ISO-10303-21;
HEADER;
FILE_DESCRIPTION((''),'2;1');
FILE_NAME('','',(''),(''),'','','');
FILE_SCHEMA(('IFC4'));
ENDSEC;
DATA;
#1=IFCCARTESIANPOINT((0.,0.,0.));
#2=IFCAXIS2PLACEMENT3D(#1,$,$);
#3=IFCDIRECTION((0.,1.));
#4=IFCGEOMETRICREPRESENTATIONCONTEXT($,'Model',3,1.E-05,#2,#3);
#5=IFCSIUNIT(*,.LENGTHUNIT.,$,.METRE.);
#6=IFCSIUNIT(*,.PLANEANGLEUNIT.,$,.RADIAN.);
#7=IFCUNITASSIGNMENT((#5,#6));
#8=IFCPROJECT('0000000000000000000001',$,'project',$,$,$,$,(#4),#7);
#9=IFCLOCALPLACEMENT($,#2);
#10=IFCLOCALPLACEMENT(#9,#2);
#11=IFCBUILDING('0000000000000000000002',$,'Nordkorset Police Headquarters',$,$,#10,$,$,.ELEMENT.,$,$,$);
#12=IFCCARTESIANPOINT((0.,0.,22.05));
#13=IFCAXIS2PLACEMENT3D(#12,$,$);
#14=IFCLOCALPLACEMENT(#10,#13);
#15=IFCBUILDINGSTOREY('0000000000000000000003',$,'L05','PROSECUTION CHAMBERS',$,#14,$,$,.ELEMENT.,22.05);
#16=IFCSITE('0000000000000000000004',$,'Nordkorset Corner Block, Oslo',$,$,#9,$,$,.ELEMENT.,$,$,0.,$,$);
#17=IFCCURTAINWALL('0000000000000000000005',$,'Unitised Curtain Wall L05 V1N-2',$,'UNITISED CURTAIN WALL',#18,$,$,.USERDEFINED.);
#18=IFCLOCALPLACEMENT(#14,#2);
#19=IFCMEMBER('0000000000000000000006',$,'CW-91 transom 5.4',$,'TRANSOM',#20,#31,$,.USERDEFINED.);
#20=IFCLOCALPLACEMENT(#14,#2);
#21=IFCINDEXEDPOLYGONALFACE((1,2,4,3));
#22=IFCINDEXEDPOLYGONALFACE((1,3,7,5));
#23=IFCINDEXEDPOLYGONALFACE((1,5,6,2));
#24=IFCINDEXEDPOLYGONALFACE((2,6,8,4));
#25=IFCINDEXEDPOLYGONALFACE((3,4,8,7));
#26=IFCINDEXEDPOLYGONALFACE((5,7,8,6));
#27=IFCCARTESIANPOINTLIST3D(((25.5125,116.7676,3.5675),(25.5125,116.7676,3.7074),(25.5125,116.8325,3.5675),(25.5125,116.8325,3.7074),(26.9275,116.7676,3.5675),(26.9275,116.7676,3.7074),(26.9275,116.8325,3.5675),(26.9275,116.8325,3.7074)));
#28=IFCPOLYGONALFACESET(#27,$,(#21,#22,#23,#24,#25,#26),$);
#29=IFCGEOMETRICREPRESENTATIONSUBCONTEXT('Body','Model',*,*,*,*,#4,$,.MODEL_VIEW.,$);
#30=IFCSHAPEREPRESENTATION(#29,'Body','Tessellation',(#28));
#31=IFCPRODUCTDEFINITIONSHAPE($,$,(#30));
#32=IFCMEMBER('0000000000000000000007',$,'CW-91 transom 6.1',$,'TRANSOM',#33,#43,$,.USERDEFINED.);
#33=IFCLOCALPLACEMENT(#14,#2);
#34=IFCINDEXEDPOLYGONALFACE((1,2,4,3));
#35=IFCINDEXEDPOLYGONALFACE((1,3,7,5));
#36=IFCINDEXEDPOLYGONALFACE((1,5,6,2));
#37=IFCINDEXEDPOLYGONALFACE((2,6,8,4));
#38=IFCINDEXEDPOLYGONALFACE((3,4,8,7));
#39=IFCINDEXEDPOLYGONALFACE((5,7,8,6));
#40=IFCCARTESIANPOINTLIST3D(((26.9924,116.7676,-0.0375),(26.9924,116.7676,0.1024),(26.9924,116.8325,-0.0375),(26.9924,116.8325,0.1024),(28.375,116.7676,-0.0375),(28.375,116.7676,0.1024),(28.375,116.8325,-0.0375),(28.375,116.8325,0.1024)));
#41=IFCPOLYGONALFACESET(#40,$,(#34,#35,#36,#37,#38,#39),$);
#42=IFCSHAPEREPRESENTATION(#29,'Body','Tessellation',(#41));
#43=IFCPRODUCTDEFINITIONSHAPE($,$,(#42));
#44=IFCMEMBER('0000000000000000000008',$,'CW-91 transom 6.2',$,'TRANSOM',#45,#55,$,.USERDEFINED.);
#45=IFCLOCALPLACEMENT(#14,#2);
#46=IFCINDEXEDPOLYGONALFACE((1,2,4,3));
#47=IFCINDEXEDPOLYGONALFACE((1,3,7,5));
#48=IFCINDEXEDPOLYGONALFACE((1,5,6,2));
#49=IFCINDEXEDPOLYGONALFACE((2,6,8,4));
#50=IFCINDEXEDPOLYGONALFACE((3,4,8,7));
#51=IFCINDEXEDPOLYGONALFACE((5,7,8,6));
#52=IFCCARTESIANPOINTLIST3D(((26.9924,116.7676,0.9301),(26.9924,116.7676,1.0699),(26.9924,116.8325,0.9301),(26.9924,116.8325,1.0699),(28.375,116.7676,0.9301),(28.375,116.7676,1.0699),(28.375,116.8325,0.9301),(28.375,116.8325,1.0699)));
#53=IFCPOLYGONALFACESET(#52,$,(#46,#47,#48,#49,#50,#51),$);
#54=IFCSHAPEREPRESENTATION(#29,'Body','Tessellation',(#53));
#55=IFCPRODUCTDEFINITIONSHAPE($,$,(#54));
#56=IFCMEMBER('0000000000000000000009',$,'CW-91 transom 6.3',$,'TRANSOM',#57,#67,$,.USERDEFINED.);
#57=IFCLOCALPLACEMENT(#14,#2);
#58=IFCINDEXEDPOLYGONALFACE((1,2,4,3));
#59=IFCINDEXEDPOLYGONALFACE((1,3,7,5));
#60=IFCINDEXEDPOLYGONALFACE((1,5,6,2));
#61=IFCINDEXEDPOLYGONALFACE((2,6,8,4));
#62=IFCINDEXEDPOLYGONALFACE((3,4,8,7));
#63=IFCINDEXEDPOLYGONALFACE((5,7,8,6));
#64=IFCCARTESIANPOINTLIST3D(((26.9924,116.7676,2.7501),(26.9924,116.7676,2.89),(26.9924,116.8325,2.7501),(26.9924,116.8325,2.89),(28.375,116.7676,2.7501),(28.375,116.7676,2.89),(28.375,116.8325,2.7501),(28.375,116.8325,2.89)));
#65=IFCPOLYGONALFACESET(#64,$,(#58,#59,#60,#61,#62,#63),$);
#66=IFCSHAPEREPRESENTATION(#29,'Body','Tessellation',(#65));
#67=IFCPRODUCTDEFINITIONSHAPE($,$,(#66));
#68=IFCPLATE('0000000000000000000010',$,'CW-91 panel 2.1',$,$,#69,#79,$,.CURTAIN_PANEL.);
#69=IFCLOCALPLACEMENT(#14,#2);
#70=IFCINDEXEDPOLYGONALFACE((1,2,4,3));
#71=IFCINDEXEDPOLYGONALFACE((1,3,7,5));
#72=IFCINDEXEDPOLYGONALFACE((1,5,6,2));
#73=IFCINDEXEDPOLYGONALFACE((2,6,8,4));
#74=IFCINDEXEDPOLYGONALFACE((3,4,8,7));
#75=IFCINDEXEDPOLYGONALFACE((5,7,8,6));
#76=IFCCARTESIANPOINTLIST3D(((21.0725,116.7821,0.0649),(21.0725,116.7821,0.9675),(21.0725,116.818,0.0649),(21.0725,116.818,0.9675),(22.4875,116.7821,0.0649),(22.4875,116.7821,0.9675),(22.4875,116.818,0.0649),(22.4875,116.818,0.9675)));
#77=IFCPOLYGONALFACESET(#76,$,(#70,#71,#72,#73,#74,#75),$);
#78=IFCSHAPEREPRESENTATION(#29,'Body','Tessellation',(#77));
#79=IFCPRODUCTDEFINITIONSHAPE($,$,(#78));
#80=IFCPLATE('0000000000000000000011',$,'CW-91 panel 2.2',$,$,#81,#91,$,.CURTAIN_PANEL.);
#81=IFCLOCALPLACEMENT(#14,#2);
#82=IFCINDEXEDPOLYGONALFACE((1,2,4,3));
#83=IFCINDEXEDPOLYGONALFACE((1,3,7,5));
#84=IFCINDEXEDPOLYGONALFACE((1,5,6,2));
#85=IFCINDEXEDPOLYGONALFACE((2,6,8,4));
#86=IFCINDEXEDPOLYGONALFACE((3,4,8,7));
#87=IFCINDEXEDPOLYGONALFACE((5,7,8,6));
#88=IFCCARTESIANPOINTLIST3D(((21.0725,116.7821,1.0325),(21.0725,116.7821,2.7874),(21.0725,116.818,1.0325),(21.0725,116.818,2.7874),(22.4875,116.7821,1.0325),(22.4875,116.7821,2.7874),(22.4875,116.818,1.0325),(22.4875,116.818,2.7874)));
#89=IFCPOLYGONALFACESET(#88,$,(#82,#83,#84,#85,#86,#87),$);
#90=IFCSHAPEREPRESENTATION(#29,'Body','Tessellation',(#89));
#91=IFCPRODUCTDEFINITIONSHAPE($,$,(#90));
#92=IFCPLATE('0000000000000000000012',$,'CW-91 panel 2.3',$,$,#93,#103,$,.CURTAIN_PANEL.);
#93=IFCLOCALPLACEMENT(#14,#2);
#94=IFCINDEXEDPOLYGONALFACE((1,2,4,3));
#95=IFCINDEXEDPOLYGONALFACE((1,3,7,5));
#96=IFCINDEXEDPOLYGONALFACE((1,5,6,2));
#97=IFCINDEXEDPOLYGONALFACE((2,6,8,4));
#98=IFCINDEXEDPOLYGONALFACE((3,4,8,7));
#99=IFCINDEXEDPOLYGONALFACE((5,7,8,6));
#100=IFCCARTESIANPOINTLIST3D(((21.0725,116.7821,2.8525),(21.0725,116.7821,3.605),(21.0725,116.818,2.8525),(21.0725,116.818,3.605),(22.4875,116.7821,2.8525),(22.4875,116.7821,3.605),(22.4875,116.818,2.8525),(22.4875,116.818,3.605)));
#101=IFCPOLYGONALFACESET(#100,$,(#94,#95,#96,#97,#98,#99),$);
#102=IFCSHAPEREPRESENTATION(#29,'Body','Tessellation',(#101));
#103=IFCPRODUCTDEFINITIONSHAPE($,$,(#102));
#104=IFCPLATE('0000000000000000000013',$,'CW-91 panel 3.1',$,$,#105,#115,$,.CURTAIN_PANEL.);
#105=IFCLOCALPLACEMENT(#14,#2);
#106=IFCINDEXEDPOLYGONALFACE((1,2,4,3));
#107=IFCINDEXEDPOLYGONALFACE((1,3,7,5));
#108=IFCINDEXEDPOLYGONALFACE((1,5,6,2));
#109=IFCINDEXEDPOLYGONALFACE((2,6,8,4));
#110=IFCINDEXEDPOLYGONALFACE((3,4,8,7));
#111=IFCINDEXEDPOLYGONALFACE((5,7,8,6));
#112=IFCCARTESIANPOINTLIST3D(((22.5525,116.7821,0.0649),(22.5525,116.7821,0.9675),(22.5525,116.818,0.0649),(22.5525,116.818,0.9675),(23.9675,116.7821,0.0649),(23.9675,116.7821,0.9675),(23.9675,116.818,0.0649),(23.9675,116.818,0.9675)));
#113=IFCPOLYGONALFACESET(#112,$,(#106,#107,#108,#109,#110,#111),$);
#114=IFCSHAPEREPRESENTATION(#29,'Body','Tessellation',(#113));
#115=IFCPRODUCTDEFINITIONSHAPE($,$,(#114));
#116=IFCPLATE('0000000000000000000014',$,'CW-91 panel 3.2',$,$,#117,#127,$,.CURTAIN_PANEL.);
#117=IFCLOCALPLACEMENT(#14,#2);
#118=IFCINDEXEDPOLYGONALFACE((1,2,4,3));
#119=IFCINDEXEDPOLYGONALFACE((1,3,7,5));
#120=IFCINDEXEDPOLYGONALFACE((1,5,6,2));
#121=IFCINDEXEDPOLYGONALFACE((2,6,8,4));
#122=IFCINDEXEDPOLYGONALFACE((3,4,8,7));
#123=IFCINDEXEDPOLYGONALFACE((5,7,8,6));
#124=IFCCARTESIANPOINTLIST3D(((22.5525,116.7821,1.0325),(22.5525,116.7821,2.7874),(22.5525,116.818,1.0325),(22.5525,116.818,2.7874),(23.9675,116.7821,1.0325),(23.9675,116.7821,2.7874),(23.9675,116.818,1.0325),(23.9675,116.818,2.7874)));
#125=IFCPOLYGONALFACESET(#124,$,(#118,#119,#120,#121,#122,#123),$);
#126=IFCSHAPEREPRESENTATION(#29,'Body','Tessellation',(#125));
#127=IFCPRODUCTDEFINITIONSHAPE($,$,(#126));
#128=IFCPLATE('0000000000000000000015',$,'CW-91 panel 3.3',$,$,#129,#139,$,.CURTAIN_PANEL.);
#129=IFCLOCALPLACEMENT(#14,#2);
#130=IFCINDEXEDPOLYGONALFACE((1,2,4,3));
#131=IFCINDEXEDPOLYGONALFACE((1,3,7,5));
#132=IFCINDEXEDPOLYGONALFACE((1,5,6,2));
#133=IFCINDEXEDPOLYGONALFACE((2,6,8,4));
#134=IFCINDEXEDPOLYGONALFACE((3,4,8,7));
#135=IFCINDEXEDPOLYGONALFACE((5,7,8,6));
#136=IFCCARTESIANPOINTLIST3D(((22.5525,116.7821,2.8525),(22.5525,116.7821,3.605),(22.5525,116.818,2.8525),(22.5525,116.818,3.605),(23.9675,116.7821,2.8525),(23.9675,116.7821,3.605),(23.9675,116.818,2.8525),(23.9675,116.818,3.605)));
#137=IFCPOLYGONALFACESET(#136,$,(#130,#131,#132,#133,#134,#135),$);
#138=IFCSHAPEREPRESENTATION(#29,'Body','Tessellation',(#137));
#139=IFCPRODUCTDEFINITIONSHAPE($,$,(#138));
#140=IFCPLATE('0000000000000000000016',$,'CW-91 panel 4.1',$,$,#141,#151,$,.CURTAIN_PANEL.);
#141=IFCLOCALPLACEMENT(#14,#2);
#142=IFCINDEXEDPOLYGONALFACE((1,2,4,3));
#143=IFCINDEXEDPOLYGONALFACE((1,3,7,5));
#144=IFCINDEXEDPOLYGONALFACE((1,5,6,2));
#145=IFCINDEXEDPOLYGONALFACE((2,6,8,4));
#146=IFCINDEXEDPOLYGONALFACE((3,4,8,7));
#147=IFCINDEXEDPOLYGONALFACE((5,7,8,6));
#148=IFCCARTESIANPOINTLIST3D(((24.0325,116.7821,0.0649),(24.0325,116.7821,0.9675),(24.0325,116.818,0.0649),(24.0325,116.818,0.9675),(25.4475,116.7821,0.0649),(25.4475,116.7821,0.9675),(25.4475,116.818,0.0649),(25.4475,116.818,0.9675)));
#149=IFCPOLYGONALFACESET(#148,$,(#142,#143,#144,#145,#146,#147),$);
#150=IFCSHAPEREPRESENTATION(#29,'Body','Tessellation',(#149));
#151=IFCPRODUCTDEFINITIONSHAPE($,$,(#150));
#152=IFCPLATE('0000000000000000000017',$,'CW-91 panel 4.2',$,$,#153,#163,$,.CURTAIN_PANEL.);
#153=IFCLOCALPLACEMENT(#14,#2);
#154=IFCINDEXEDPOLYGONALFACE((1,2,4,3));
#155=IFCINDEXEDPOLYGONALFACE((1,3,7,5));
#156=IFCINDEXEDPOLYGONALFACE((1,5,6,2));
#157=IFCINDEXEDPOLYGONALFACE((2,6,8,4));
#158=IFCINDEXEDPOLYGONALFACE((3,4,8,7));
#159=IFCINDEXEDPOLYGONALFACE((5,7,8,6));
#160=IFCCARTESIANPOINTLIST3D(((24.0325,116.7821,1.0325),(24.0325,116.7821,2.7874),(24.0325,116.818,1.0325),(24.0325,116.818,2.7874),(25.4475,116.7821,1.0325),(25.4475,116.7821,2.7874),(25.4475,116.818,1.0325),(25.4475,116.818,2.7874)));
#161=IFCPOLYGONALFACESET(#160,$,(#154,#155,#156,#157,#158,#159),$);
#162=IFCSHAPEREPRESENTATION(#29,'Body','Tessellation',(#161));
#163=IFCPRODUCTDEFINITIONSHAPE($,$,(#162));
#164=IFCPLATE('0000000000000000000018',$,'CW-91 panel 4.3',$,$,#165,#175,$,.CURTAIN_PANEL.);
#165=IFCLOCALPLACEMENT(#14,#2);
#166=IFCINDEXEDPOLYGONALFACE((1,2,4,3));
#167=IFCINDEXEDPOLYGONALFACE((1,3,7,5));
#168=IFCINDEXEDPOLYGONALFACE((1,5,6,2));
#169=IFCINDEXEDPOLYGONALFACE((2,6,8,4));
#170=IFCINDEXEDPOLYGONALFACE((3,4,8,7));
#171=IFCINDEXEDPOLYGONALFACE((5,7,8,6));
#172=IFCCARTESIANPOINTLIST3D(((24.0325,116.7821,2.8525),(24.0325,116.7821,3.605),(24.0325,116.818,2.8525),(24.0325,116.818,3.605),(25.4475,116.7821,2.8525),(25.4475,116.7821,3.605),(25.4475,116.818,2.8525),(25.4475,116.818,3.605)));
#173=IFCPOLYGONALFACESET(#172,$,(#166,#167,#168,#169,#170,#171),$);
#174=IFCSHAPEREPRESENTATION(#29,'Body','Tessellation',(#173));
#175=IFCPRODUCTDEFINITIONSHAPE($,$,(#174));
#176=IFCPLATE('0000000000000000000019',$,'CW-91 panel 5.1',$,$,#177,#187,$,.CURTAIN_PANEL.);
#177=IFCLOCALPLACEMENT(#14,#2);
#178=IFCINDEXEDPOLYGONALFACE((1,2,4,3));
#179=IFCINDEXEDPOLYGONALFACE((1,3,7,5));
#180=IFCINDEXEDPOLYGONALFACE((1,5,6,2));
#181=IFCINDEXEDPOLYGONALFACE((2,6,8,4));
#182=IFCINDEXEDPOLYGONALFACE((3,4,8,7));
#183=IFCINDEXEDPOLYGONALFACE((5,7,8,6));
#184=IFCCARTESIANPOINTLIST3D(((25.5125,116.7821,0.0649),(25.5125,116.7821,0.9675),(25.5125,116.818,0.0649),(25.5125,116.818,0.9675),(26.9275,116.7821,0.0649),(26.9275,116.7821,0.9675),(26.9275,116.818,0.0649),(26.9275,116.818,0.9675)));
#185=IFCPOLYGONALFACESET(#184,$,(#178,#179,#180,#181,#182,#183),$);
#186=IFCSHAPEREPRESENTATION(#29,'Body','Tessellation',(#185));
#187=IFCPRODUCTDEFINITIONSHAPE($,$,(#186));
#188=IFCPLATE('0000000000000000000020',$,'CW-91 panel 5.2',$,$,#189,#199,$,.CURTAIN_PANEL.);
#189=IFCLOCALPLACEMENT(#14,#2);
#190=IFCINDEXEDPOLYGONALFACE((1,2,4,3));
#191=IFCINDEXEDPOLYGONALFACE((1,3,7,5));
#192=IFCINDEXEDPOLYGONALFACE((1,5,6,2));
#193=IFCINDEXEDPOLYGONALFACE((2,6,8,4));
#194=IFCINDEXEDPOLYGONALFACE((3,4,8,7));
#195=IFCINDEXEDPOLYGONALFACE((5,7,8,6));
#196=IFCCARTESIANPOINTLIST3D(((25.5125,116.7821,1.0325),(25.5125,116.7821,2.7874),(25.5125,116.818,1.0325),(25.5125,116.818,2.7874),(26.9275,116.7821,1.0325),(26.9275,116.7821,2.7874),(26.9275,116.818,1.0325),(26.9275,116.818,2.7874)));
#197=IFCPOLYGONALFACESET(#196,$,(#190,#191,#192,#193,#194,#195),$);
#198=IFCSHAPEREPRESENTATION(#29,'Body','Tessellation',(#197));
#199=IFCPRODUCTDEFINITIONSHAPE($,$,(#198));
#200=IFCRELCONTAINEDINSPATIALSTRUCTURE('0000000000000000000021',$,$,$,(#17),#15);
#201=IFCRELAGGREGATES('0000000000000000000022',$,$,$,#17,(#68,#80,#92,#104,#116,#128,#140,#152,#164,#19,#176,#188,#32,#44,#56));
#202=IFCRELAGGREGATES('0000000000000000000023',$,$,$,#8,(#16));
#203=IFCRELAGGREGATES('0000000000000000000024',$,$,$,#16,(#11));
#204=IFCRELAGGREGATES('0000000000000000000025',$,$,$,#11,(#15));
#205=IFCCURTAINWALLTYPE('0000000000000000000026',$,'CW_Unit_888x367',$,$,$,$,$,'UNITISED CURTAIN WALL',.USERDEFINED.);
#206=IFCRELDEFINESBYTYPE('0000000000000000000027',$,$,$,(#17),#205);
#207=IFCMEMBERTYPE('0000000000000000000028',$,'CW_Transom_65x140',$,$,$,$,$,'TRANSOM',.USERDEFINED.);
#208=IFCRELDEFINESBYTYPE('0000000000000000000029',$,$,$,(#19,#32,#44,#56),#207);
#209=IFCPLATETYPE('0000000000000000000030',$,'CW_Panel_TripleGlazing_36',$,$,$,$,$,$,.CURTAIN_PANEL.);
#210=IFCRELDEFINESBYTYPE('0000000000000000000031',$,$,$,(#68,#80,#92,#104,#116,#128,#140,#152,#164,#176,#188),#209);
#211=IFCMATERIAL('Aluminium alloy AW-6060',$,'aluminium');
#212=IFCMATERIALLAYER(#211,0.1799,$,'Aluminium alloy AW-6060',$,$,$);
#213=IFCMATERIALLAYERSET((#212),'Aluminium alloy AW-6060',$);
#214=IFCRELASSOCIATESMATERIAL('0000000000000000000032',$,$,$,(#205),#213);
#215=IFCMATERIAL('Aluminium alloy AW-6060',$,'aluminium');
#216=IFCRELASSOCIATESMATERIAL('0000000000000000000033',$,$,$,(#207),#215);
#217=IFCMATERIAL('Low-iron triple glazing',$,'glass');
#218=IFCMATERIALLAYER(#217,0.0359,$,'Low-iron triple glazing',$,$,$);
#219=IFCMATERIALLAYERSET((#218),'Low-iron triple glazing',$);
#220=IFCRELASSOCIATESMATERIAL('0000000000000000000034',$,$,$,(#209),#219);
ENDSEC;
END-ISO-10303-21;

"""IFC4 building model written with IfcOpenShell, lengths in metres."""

from ifc_helpers import new_model, si_unit, direction, frame, origin, origin_2d, place, context, subcontext, project, spatial, rectangle, extrude, material, layer, layer_set, material_profile, profile_set, type_object, element, aggregate, save


model = new_model("IFC4")

# Units and contexts
model_context = context("Model", 3, precision=1e-05, world=origin(), true_north=direction((0.0, 1.0)))
body_context = subcontext(model_context, "Body", "Model", "MODEL_VIEW")
ifc_project = project(units=[si_unit("LENGTHUNIT", "METRE"), si_unit("PLANEANGLEUNIT", "RADIAN")], contexts=[model_context])

# Site, building, storey
site_placement = place(None, origin())
site = spatial("IfcSite", under=ifc_project, at=site_placement, Name="Nordkorset Corner Block, Oslo", CompositionType="ELEMENT", RefElevation=0.0)
building_placement = place(site_placement, origin())
building = spatial("IfcBuilding", under=site, at=building_placement, Name="Nordkorset Police Headquarters", CompositionType="ELEMENT")
storey_placement = place(building_placement, frame((0.0, 0.0, 22.05)))
storey = spatial("IfcBuildingStorey", under=building, at=storey_placement, Name="L05", Description="PROSECUTION CHAMBERS", CompositionType="ELEMENT", Elevation=22.05)

# Curtain wall, members, plates
ifc_material_1 = material(Name="Aluminium alloy AW-6060", Category="aluminium")
ifc_layer_1 = layer(ifc_material_1, 0.1799, Name="Aluminium alloy AW-6060")
ifc_layer_set_1 = layer_set([ifc_layer_1], Name="Aluminium alloy AW-6060")
curtain_wall_type = type_object("IfcCurtainWallType", Name="CW_Unit_888x367", ElementType="UNITISED CURTAIN WALL", PredefinedType="USERDEFINED", material=ifc_layer_set_1)
curtain_wall_placement = place(storey_placement, origin())
curtain_wall = element("IfcCurtainWall", 1, at=curtain_wall_placement, inside=storey, type_object=curtain_wall_type, Name="Unitised Curtain Wall L05 V1N-2", ObjectType="UNITISED CURTAIN WALL", PredefinedType="USERDEFINED")
ifc_material_2 = material(Name="Aluminium alloy AW-6060", Category="aluminium")
ifc_material_profile_1 = material_profile(ifc_material_2, rectangle(XDim=0.0649, YDim=0.1399, at=origin_2d()), Name="ALU TRAN 65x140")
ifc_profile_set_1 = profile_set([ifc_material_profile_1], Name="Aluminium alloy AW-6060")
member_type_1 = type_object("IfcMemberType", Name="CW_Transom_65x140", ElementType="TRANSOM", PredefinedType="USERDEFINED", material=ifc_profile_set_1)
member_1_placement = place(storey_placement, frame((25.5125, 116.8, 3.6375), z_axis=(1.0, 0.0, 0.0), x_axis=(0.0, 1.0, 0.0)))
member_1 = element("IfcMember", 2, at=member_1_placement, type_object=member_type_1, Name="CW-91 transom 5.4", ObjectType="TRANSOM", PredefinedType="USERDEFINED", context=body_context, shape_type="SweptSolid", body=[
    extrude(rectangle(XDim=0.0649, YDim=0.1399, at=origin_2d()), origin(), (0.0, 0.0, 1.0), 1.415),
])
member_2_placement = place(storey_placement, frame((26.9924, 116.8, 0.0325), z_axis=(1.0, 0.0, 0.0), x_axis=(0.0, 1.0, 0.0)))
member_2 = element("IfcMember", 3, at=member_2_placement, type_object=member_type_1, Name="CW-91 transom 6.1", ObjectType="TRANSOM", PredefinedType="USERDEFINED", context=body_context, shape_type="SweptSolid", body=[
    extrude(rectangle(XDim=0.0649, YDim=0.1399, at=origin_2d()), origin(), (0.0, 0.0, 1.0), 1.3826),
])
member_3_placement = place(storey_placement, frame((26.9924, 116.8, 1.0), z_axis=(1.0, 0.0, 0.0), x_axis=(0.0, 1.0, 0.0)))
member_3 = element("IfcMember", 4, at=member_3_placement, type_object=member_type_1, Name="CW-91 transom 6.2", ObjectType="TRANSOM", PredefinedType="USERDEFINED", context=body_context, shape_type="SweptSolid", body=[
    extrude(rectangle(XDim=0.0649, YDim=0.1399, at=origin_2d()), origin(), (0.0, 0.0, 1.0), 1.3826),
])
member_4_placement = place(storey_placement, frame((26.9924, 116.8, 2.8201), z_axis=(1.0, 0.0, 0.0), x_axis=(0.0, 1.0, 0.0)))
member_4 = element("IfcMember", 5, at=member_4_placement, type_object=member_type_1, Name="CW-91 transom 6.3", ObjectType="TRANSOM", PredefinedType="USERDEFINED", context=body_context, shape_type="SweptSolid", body=[
    extrude(rectangle(XDim=0.0649, YDim=0.1399, at=origin_2d()), origin(), (0.0, 0.0, 1.0), 1.3826),
])
ifc_material_3 = material(Name="Low-iron triple glazing", Category="glass")
ifc_layer_2 = layer(ifc_material_3, 0.0359, Name="Low-iron triple glazing")
ifc_layer_set_2 = layer_set([ifc_layer_2], Name="Low-iron triple glazing")
plate_type = type_object("IfcPlateType", Name="CW_Panel_TripleGlazing_36", PredefinedType="CURTAIN_PANEL", material=ifc_layer_set_2)
plate_1_placement = place(storey_placement, frame((21.78, 116.8, 0.0649), z_axis=(0.0, 0.0, 1.0), x_axis=(1.0, 0.0, 0.0)))
plate_1 = element("IfcPlate", 6, at=plate_1_placement, type_object=plate_type, Name="CW-91 panel 2.1", PredefinedType="CURTAIN_PANEL", context=body_context, shape_type="SweptSolid", body=[
    extrude(rectangle(XDim=1.415, YDim=0.0359, at=origin_2d()), origin(), (0.0, 0.0, 1.0), 0.9026),
])
plate_2_placement = place(storey_placement, frame((21.78, 116.8, 1.0325), z_axis=(0.0, 0.0, 1.0), x_axis=(1.0, 0.0, 0.0)))
plate_2 = element("IfcPlate", 7, at=plate_2_placement, type_object=plate_type, Name="CW-91 panel 2.2", PredefinedType="CURTAIN_PANEL", context=body_context, shape_type="SweptSolid", body=[
    extrude(rectangle(XDim=1.415, YDim=0.0359, at=origin_2d()), origin(), (0.0, 0.0, 1.0), 1.7549),
])
plate_3_placement = place(storey_placement, frame((21.78, 116.8, 2.8525), z_axis=(0.0, 0.0, 1.0), x_axis=(1.0, 0.0, 0.0)))
plate_3 = element("IfcPlate", 8, at=plate_3_placement, type_object=plate_type, Name="CW-91 panel 2.3", PredefinedType="CURTAIN_PANEL", context=body_context, shape_type="SweptSolid", body=[
    extrude(rectangle(XDim=1.415, YDim=0.0359, at=origin_2d()), origin(), (0.0, 0.0, 1.0), 0.7524),
])
plate_4_placement = place(storey_placement, frame((23.26, 116.8, 0.0649), z_axis=(0.0, 0.0, 1.0), x_axis=(1.0, 0.0, 0.0)))
plate_4 = element("IfcPlate", 9, at=plate_4_placement, type_object=plate_type, Name="CW-91 panel 3.1", PredefinedType="CURTAIN_PANEL", context=body_context, shape_type="SweptSolid", body=[
    extrude(rectangle(XDim=1.415, YDim=0.0359, at=origin_2d()), origin(), (0.0, 0.0, 1.0), 0.9026),
])
plate_5_placement = place(storey_placement, frame((23.26, 116.8, 1.0325), z_axis=(0.0, 0.0, 1.0), x_axis=(1.0, 0.0, 0.0)))
plate_5 = element("IfcPlate", 10, at=plate_5_placement, type_object=plate_type, Name="CW-91 panel 3.2", PredefinedType="CURTAIN_PANEL", context=body_context, shape_type="SweptSolid", body=[
    extrude(rectangle(XDim=1.415, YDim=0.0359, at=origin_2d()), origin(), (0.0, 0.0, 1.0), 1.7549),
])
plate_6_placement = place(storey_placement, frame((23.26, 116.8, 2.8525), z_axis=(0.0, 0.0, 1.0), x_axis=(1.0, 0.0, 0.0)))
plate_6 = element("IfcPlate", 11, at=plate_6_placement, type_object=plate_type, Name="CW-91 panel 3.3", PredefinedType="CURTAIN_PANEL", context=body_context, shape_type="SweptSolid", body=[
    extrude(rectangle(XDim=1.415, YDim=0.0359, at=origin_2d()), origin(), (0.0, 0.0, 1.0), 0.7524),
])
plate_7_placement = place(storey_placement, frame((24.74, 116.8, 0.0649), z_axis=(0.0, 0.0, 1.0), x_axis=(1.0, 0.0, 0.0)))
plate_7 = element("IfcPlate", 12, at=plate_7_placement, type_object=plate_type, Name="CW-91 panel 4.1", PredefinedType="CURTAIN_PANEL", context=body_context, shape_type="SweptSolid", body=[
    extrude(rectangle(XDim=1.415, YDim=0.0359, at=origin_2d()), origin(), (0.0, 0.0, 1.0), 0.9026),
])
plate_8_placement = place(storey_placement, frame((24.74, 116.8, 1.0325), z_axis=(0.0, 0.0, 1.0), x_axis=(1.0, 0.0, 0.0)))
plate_8 = element("IfcPlate", 13, at=plate_8_placement, type_object=plate_type, Name="CW-91 panel 4.2", PredefinedType="CURTAIN_PANEL", context=body_context, shape_type="SweptSolid", body=[
    extrude(rectangle(XDim=1.415, YDim=0.0359, at=origin_2d()), origin(), (0.0, 0.0, 1.0), 1.7549),
])
plate_9_placement = place(storey_placement, frame((24.74, 116.8, 2.8525), z_axis=(0.0, 0.0, 1.0), x_axis=(1.0, 0.0, 0.0)))
plate_9 = element("IfcPlate", 14, at=plate_9_placement, type_object=plate_type, Name="CW-91 panel 4.3", PredefinedType="CURTAIN_PANEL", context=body_context, shape_type="SweptSolid", body=[
    extrude(rectangle(XDim=1.415, YDim=0.0359, at=origin_2d()), origin(), (0.0, 0.0, 1.0), 0.7524),
])
plate_10_placement = place(storey_placement, frame((26.22, 116.8, 0.0649), z_axis=(0.0, 0.0, 1.0), x_axis=(1.0, 0.0, 0.0)))
plate_10 = element("IfcPlate", 15, at=plate_10_placement, type_object=plate_type, Name="CW-91 panel 5.1", PredefinedType="CURTAIN_PANEL", context=body_context, shape_type="SweptSolid", body=[
    extrude(rectangle(XDim=1.415, YDim=0.0359, at=origin_2d()), origin(), (0.0, 0.0, 1.0), 0.9026),
])
plate_11_placement = place(storey_placement, frame((26.22, 116.8, 1.0325), z_axis=(0.0, 0.0, 1.0), x_axis=(1.0, 0.0, 0.0)))
plate_11 = element("IfcPlate", 16, at=plate_11_placement, type_object=plate_type, Name="CW-91 panel 5.2", PredefinedType="CURTAIN_PANEL", context=body_context, shape_type="SweptSolid", body=[
    extrude(rectangle(XDim=1.415, YDim=0.0359, at=origin_2d()), origin(), (0.0, 0.0, 1.0), 1.7549),
])
aggregate(curtain_wall, [plate_1, plate_2, plate_3, plate_4, plate_5, plate_6, plate_7, plate_8, plate_9, member_1, plate_10, plate_11, member_2, member_3, member_4])

save(model, "model.ifc")
